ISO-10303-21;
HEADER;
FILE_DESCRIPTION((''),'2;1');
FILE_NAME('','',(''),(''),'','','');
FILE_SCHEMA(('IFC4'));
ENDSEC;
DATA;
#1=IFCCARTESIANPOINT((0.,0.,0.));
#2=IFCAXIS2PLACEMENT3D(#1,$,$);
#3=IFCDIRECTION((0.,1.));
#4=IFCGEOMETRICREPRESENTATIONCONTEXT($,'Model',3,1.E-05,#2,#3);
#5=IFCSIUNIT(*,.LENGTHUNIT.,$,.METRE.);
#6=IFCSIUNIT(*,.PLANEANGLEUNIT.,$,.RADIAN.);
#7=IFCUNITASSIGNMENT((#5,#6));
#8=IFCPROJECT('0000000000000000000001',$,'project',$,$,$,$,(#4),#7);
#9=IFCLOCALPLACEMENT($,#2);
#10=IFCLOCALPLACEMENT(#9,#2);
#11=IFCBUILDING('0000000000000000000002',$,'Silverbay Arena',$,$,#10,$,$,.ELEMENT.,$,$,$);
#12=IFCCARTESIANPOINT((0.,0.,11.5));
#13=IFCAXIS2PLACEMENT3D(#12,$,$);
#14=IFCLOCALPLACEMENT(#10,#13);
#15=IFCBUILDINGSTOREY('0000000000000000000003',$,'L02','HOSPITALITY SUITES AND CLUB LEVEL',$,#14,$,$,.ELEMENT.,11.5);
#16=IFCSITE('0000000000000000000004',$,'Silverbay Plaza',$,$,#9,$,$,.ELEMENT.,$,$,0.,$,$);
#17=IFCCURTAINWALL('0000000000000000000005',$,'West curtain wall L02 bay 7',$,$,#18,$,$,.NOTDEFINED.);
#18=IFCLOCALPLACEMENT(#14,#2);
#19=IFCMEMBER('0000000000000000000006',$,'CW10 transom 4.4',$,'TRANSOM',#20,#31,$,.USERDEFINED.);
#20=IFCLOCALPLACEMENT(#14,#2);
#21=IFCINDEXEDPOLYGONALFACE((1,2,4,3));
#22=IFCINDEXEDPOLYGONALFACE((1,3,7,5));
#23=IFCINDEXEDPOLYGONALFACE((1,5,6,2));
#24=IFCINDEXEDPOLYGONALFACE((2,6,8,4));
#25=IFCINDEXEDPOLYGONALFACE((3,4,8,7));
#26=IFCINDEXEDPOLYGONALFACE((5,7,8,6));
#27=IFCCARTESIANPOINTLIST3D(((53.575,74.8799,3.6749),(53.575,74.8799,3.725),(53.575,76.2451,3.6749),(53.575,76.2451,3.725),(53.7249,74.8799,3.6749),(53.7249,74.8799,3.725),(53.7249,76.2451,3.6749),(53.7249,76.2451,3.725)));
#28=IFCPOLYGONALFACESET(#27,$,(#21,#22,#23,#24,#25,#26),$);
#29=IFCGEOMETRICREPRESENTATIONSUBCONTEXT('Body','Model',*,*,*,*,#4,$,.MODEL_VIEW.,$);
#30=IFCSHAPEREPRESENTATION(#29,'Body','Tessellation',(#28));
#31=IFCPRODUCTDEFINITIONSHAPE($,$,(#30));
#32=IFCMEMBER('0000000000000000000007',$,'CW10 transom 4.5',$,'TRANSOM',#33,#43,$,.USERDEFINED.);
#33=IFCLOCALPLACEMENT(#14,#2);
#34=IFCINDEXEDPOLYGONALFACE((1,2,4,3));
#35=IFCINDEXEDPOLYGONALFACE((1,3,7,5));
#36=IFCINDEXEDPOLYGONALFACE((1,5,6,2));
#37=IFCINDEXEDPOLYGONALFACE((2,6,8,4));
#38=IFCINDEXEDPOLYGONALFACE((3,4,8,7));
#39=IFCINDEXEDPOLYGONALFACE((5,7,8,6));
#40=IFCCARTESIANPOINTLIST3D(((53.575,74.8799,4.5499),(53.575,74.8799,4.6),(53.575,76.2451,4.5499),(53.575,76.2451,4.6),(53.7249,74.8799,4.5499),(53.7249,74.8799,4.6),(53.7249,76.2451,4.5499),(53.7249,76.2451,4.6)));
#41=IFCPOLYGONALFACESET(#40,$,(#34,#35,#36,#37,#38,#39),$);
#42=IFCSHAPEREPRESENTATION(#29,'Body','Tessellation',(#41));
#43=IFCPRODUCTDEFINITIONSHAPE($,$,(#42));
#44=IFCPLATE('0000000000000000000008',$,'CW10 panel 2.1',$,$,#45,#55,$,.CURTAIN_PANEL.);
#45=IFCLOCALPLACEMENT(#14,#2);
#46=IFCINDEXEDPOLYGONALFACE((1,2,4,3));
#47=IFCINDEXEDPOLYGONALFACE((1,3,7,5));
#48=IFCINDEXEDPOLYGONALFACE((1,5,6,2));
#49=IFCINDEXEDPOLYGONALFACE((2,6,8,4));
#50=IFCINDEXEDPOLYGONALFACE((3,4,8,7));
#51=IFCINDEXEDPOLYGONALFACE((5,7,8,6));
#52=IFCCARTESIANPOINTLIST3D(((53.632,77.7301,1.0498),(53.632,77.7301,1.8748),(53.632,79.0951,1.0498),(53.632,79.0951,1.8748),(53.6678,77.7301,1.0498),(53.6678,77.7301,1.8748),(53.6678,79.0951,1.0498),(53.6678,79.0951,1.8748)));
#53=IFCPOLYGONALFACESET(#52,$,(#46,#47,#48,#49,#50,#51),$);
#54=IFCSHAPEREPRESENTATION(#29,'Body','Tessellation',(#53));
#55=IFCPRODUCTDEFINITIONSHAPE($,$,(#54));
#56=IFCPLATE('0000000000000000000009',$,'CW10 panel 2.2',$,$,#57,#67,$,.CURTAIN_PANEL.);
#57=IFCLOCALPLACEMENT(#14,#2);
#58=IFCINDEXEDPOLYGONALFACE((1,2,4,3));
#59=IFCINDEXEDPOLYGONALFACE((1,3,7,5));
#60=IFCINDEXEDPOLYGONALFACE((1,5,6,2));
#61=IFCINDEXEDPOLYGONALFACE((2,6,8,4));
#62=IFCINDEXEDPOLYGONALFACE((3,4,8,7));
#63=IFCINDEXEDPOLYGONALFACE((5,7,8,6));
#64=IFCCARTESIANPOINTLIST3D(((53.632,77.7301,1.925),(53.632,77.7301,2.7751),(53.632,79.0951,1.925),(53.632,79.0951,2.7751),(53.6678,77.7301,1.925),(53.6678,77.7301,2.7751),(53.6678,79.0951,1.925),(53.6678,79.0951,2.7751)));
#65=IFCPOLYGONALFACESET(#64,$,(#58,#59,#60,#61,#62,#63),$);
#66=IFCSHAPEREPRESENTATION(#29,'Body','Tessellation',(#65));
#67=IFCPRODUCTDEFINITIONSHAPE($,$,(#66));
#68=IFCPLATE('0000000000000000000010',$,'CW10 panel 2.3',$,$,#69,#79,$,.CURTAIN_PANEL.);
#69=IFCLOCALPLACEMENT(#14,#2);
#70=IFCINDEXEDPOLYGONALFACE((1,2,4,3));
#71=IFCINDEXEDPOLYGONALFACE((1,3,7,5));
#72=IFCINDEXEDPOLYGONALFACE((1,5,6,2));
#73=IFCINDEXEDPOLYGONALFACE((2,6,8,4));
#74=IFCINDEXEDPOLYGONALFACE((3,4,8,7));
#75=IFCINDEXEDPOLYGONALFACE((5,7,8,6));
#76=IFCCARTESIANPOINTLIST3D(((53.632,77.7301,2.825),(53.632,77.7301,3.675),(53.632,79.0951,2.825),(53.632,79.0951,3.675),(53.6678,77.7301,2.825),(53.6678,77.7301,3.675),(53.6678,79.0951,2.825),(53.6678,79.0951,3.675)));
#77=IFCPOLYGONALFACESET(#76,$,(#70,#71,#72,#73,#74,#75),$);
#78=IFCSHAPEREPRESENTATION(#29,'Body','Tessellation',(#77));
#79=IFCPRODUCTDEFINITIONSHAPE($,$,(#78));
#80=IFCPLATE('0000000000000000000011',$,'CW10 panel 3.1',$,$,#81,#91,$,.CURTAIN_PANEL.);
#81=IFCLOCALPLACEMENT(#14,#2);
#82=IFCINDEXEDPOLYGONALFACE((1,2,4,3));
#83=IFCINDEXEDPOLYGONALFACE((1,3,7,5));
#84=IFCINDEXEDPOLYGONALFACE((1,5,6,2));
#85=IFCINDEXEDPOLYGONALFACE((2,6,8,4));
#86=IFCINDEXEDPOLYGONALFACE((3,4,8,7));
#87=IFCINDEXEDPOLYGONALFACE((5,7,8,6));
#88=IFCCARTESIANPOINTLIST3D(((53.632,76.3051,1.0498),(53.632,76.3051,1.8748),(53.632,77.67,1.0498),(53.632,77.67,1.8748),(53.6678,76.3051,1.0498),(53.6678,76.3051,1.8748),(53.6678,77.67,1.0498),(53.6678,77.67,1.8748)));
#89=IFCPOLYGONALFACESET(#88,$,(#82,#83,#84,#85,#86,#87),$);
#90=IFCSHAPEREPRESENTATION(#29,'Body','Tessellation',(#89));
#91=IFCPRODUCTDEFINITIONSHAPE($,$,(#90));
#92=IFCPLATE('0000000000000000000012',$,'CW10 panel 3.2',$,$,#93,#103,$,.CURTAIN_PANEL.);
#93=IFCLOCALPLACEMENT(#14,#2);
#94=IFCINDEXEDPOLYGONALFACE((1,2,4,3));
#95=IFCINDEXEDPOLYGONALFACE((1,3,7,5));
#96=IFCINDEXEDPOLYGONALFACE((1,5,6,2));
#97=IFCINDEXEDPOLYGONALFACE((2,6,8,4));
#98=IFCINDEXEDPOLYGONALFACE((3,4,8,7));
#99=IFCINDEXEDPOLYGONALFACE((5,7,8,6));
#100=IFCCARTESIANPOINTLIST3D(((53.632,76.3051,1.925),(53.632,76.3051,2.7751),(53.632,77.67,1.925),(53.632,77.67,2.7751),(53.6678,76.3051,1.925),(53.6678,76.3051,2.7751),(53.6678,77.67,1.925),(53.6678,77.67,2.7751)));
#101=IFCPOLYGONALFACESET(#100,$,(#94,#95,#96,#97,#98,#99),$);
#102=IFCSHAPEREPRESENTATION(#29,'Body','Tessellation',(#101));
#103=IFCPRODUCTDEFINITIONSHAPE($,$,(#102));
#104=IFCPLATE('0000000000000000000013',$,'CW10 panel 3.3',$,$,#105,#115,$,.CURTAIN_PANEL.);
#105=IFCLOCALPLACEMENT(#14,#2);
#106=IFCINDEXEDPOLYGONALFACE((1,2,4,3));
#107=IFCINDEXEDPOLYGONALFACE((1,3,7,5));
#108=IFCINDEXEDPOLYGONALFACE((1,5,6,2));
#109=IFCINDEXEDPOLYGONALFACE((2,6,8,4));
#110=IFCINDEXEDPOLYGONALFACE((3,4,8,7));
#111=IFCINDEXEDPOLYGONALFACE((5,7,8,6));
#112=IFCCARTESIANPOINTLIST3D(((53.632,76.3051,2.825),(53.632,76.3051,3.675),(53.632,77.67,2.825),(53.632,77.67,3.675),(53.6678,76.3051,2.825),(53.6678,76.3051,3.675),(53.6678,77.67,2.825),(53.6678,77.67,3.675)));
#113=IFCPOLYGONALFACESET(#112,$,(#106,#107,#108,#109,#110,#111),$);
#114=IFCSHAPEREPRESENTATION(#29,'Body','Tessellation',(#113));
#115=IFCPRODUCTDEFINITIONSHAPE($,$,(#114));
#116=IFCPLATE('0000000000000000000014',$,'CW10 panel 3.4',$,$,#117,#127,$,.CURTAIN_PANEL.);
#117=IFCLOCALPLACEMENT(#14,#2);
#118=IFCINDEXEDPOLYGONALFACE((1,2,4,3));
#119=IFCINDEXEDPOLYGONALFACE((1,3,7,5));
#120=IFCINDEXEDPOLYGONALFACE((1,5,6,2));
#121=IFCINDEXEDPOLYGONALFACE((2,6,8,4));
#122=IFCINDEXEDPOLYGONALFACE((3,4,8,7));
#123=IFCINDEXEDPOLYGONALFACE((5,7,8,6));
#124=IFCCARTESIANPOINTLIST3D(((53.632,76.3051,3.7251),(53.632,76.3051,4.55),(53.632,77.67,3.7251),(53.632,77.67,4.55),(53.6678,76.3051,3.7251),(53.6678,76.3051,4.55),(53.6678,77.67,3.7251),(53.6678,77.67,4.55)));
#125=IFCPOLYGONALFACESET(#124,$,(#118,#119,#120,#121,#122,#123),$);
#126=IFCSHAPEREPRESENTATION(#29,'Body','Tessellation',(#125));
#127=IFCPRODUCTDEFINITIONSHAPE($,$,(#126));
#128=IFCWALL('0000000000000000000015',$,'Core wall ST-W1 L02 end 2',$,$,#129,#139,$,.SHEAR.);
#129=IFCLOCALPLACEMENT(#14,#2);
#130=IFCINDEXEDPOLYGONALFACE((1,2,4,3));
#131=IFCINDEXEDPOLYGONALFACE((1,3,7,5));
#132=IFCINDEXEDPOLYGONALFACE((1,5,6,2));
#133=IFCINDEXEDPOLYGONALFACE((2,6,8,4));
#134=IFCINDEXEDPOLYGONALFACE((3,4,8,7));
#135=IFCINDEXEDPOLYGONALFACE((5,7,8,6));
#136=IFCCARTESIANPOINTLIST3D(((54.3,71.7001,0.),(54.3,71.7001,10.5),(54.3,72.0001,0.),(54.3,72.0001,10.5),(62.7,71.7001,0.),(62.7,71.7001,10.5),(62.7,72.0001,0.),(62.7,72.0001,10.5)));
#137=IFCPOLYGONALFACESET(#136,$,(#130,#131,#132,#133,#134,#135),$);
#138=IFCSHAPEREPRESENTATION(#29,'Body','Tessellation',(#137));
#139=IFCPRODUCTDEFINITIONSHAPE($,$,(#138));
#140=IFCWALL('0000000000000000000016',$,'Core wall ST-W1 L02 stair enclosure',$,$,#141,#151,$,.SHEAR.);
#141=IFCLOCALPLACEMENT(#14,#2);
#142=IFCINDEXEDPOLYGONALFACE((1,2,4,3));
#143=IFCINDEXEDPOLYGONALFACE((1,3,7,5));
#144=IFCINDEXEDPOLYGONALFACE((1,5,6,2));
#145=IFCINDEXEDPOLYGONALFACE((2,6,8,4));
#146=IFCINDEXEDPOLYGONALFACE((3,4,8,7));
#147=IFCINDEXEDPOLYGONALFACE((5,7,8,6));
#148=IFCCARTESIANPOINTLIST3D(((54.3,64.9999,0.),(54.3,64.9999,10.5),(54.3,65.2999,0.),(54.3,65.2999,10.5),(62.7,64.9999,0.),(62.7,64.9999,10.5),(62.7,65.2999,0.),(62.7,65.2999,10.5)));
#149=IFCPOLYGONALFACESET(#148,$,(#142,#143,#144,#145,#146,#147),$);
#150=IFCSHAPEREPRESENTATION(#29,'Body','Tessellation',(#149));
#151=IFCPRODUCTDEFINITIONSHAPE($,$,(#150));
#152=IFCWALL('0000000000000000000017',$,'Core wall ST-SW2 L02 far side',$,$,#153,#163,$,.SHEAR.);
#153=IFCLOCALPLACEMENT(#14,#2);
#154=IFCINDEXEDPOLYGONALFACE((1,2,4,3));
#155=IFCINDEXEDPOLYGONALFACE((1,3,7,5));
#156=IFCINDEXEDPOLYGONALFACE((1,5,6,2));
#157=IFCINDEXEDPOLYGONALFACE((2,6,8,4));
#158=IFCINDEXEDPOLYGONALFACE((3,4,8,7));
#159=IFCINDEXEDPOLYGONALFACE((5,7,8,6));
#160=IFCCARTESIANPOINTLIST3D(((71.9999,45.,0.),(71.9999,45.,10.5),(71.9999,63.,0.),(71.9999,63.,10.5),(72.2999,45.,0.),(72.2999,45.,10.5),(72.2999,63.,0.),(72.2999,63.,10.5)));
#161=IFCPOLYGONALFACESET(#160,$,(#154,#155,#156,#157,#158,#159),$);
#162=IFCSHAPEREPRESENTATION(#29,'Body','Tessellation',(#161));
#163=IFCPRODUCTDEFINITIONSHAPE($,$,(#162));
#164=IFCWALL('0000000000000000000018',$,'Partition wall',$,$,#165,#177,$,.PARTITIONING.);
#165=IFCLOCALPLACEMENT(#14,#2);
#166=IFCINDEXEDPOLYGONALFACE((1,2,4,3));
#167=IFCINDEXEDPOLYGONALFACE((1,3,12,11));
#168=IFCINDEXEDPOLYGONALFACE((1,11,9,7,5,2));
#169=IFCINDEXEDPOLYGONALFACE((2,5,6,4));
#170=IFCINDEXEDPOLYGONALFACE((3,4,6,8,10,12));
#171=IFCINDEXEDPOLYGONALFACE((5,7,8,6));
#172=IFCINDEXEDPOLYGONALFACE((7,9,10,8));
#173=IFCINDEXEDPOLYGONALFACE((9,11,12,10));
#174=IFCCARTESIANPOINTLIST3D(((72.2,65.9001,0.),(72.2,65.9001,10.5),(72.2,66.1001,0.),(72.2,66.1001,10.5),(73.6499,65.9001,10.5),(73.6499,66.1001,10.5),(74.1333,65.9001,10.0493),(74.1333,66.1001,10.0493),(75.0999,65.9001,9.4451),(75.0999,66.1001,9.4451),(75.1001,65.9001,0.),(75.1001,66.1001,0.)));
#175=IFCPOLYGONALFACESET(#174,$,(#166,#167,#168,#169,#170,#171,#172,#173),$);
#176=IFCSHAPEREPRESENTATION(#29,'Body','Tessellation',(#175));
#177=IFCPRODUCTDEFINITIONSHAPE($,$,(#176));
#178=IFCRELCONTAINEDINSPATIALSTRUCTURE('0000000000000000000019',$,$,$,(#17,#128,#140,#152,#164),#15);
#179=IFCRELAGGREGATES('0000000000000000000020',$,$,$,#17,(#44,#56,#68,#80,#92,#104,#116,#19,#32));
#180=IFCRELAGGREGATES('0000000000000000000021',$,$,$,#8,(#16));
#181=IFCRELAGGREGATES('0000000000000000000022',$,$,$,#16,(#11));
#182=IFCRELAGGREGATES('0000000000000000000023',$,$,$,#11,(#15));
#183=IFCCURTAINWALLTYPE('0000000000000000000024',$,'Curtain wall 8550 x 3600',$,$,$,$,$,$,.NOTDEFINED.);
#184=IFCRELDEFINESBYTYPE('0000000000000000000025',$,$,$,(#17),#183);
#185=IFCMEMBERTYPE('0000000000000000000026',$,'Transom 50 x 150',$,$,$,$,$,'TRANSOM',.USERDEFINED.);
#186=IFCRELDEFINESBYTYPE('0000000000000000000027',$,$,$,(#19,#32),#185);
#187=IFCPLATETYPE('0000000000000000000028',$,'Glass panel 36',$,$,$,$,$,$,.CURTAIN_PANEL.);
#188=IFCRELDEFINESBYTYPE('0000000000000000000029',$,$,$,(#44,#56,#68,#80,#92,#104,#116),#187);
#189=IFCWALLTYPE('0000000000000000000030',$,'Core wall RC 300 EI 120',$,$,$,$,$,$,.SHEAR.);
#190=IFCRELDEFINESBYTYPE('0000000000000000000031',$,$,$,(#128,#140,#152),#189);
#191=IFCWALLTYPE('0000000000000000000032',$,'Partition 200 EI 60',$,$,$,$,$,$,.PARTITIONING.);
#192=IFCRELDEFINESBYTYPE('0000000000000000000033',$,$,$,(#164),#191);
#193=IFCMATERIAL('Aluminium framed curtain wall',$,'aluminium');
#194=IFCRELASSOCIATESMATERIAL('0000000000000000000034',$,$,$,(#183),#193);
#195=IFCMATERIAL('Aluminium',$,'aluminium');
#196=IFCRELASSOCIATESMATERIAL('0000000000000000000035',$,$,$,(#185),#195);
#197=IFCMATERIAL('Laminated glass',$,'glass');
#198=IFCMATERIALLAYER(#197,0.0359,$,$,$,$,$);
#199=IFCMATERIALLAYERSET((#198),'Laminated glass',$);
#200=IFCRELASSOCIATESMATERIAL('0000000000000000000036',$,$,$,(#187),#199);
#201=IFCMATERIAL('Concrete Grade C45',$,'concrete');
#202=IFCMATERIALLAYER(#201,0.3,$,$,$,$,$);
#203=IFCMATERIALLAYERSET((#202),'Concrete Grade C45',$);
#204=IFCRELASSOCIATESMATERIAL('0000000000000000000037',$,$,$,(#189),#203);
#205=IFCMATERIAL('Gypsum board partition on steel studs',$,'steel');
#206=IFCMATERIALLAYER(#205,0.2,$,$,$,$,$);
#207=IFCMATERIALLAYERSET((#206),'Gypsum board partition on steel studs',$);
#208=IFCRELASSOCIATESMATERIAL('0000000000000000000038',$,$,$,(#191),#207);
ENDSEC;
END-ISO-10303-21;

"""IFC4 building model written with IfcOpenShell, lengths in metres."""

from ifc_helpers import new_model, si_unit, direction, frame, frame_2d, origin, origin_2d, place, context, subcontext, project, spatial, polyline, rectangle, outline, extrude, material, layer, layer_set, material_profile, profile_set, type_object, element, aggregate, save


model = new_model("IFC4")

# Units and contexts
model_context = context("Model", 3, precision=1e-05, world=origin(), true_north=direction((0.0, 1.0)))
body_context = subcontext(model_context, "Body", "Model", "MODEL_VIEW")
ifc_project = project(units=[si_unit("LENGTHUNIT", "METRE"), si_unit("PLANEANGLEUNIT", "RADIAN")], contexts=[model_context])

# Site, building, storey
site_placement = place(None, origin())
site = spatial("IfcSite", under=ifc_project, at=site_placement, Name="Silverbay Plaza", CompositionType="ELEMENT", RefElevation=0.0)
building_placement = place(site_placement, origin())
building = spatial("IfcBuilding", under=site, at=building_placement, Name="Silverbay Arena", CompositionType="ELEMENT")
storey_placement = place(building_placement, frame((0.0, 0.0, 11.5)))
storey = spatial("IfcBuildingStorey", under=building, at=storey_placement, Name="L02", Description="HOSPITALITY SUITES AND CLUB LEVEL", CompositionType="ELEMENT", Elevation=11.5)

# Curtain wall
ifc_material_1 = material(Name="Aluminium framed curtain wall", Category="aluminium")
curtain_wall_type = type_object("IfcCurtainWallType", Name="Curtain wall 8550 x 3600", PredefinedType="NOTDEFINED", material=ifc_material_1)
curtain_wall_placement = place(storey_placement, origin())
curtain_wall = element("IfcCurtainWall", 1, at=curtain_wall_placement, inside=storey, type_object=curtain_wall_type, Name="West curtain wall L02 bay 7", PredefinedType="NOTDEFINED")

# Members
ifc_material_2 = material(Name="Aluminium", Category="aluminium")
ifc_material_profile_1 = material_profile(ifc_material_2, rectangle(XDim=0.1499, YDim=0.05, at=origin_2d()), Name="Transom 50 x 150")
ifc_profile_set_1 = profile_set([ifc_material_profile_1], Name="Aluminium")
member_type_1 = type_object("IfcMemberType", Name="Transom 50 x 150", ElementType="TRANSOM", PredefinedType="USERDEFINED", material=ifc_profile_set_1)
member_1_placement = place(storey_placement, frame((53.6499, 76.2451, 3.7), z_axis=(0.0, -1.0, 0.0), x_axis=(1.0, 0.0, 0.0)))
member_1 = element("IfcMember", 2, at=member_1_placement, type_object=member_type_1, Name="CW10 transom 4.4", ObjectType="TRANSOM", PredefinedType="USERDEFINED", context=body_context, shape_type="SweptSolid", body=[
    extrude(rectangle(XDim=0.1499, YDim=0.05, at=origin_2d()), origin(), (0.0, 0.0, 1.0), 1.3652),
])
member_2_placement = place(storey_placement, frame((53.6499, 76.2451, 4.575), z_axis=(0.0, -1.0, 0.0), x_axis=(1.0, 0.0, 0.0)))
member_2 = element("IfcMember", 3, at=member_2_placement, type_object=member_type_1, Name="CW10 transom 4.5", ObjectType="TRANSOM", PredefinedType="USERDEFINED", context=body_context, shape_type="SweptSolid", body=[
    extrude(rectangle(XDim=0.1499, YDim=0.05, at=origin_2d()), origin(), (0.0, 0.0, 1.0), 1.3652),
])

# Plates
ifc_material_3 = material(Name="Laminated glass", Category="glass")
ifc_layer_1 = layer(ifc_material_3, 0.0359)
ifc_layer_set_1 = layer_set([ifc_layer_1], Name="Laminated glass")
plate_type = type_object("IfcPlateType", Name="Glass panel 36", PredefinedType="CURTAIN_PANEL", material=ifc_layer_set_1)
plate_1_placement = place(storey_placement, frame((53.6499, 78.4126, 1.0498), z_axis=(0.0, 0.0, 1.0), x_axis=(0.0, -1.0, 0.0)))
plate_1 = element("IfcPlate", 4, at=plate_1_placement, type_object=plate_type, Name="CW10 panel 2.1", PredefinedType="CURTAIN_PANEL", context=body_context, shape_type="SweptSolid", body=[
    extrude(rectangle(XDim=1.365, YDim=0.0359, at=origin_2d()), origin(), (0.0, 0.0, 1.0), 0.825),
])
plate_2_placement = place(storey_placement, frame((53.6499, 78.4126, 1.925), z_axis=(0.0, 0.0, 1.0), x_axis=(0.0, -1.0, 0.0)))
plate_2 = element("IfcPlate", 5, at=plate_2_placement, type_object=plate_type, Name="CW10 panel 2.2", PredefinedType="CURTAIN_PANEL", context=body_context, shape_type="SweptSolid", body=[
    extrude(rectangle(XDim=1.365, YDim=0.0359, at=origin_2d()), origin(), (0.0, 0.0, 1.0), 0.8501),
])
plate_3_placement = place(storey_placement, frame((53.6499, 78.4126, 2.825), z_axis=(0.0, 0.0, 1.0), x_axis=(0.0, -1.0, 0.0)))
plate_3 = element("IfcPlate", 6, at=plate_3_placement, type_object=plate_type, Name="CW10 panel 2.3", PredefinedType="CURTAIN_PANEL", context=body_context, shape_type="SweptSolid", body=[
    extrude(rectangle(XDim=1.365, YDim=0.0359, at=origin_2d()), origin(), (0.0, 0.0, 1.0), 0.8501),
])
plate_4_placement = place(storey_placement, frame((53.6499, 76.9875, 1.0498), z_axis=(0.0, 0.0, 1.0), x_axis=(0.0, -1.0, 0.0)))
plate_4 = element("IfcPlate", 7, at=plate_4_placement, type_object=plate_type, Name="CW10 panel 3.1", PredefinedType="CURTAIN_PANEL", context=body_context, shape_type="SweptSolid", body=[
    extrude(rectangle(XDim=1.365, YDim=0.0359, at=origin_2d()), origin(), (0.0, 0.0, 1.0), 0.825),
])
plate_5_placement = place(storey_placement, frame((53.6499, 76.9875, 1.925), z_axis=(0.0, 0.0, 1.0), x_axis=(0.0, -1.0, 0.0)))
plate_5 = element("IfcPlate", 8, at=plate_5_placement, type_object=plate_type, Name="CW10 panel 3.2", PredefinedType="CURTAIN_PANEL", context=body_context, shape_type="SweptSolid", body=[
    extrude(rectangle(XDim=1.365, YDim=0.0359, at=origin_2d()), origin(), (0.0, 0.0, 1.0), 0.8501),
])
plate_6_placement = place(storey_placement, frame((53.6499, 76.9875, 2.825), z_axis=(0.0, 0.0, 1.0), x_axis=(0.0, -1.0, 0.0)))
plate_6 = element("IfcPlate", 9, at=plate_6_placement, type_object=plate_type, Name="CW10 panel 3.3", PredefinedType="CURTAIN_PANEL", context=body_context, shape_type="SweptSolid", body=[
    extrude(rectangle(XDim=1.365, YDim=0.0359, at=origin_2d()), origin(), (0.0, 0.0, 1.0), 0.8501),
])
plate_7_placement = place(storey_placement, frame((53.6499, 76.9875, 3.7251), z_axis=(0.0, 0.0, 1.0), x_axis=(0.0, -1.0, 0.0)))
plate_7 = element("IfcPlate", 10, at=plate_7_placement, type_object=plate_type, Name="CW10 panel 3.4", PredefinedType="CURTAIN_PANEL", context=body_context, shape_type="SweptSolid", body=[
    extrude(rectangle(XDim=1.365, YDim=0.0359, at=origin_2d()), origin(), (0.0, 0.0, 1.0), 0.825),
])
aggregate(curtain_wall, [plate_1, plate_2, plate_3, plate_4, plate_5, plate_6, plate_7, member_1, member_2])

# Walls
ifc_material_4 = material(Name="Concrete Grade C45", Category="concrete")
ifc_layer_2 = layer(ifc_material_4, 0.3)
ifc_layer_set_2 = layer_set([ifc_layer_2], Name="Concrete Grade C45")
wall_type_1 = type_object("IfcWallType", Name="Core wall RC 300 EI 120", PredefinedType="SHEAR", material=ifc_layer_set_2)
for number, where, z_axis, x_axis, name in (
    (11, (62.7, 71.8501, 0.0), (0.0, 0.0, 1.0), (-1.0, 0.0, 0.0), "Core wall ST-W1 L02 end 2"),
    (12, (62.7, 65.1499, 0.0), (0.0, 0.0, 1.0), (-1.0, 0.0, 0.0), "Core wall ST-W1 L02 stair enclosure"),
):
    element("IfcWall", number, at=place(storey_placement, frame(where, z_axis=z_axis, x_axis=x_axis)), inside=storey, type_object=wall_type_1, Name=name, PredefinedType="SHEAR", context=body_context, shape_type="SweptSolid", body=[
        extrude(rectangle(XDim=8.3999, YDim=0.3, at=frame_2d((4.2, 0.0))), origin(), (0.0, 0.0, 1.0), 10.5),
    ])
wall_1_placement = place(storey_placement, frame((72.1499, 63.0, 0.0), z_axis=(0.0, 0.0, 1.0), x_axis=(0.0, -1.0, 0.0)))
element("IfcWall", 13, at=wall_1_placement, inside=storey, type_object=wall_type_1, Name="Core wall ST-SW2 L02 far side", PredefinedType="SHEAR", context=body_context, shape_type="SweptSolid", body=[
    extrude(rectangle(XDim=18.0, YDim=0.3, at=frame_2d((9.0, 0.0))), origin(), (0.0, 0.0, 1.0), 10.5),
])
ifc_material_5 = material(Name="Gypsum board partition on steel studs", Category="steel")
ifc_layer_3 = layer(ifc_material_5, 0.2)
ifc_layer_set_3 = layer_set([ifc_layer_3], Name="Gypsum board partition on steel studs")
wall_type_2 = type_object("IfcWallType", Name="Partition 200 EI 60", PredefinedType="PARTITIONING", material=ifc_layer_set_3)
wall_2_placement = place(storey_placement, frame((72.2, 66.0, 0.0), z_axis=(0.0, 0.0, 1.0), x_axis=(1.0, 0.0, 0.0)))
element("IfcWall", 14, at=wall_2_placement, inside=storey, type_object=wall_type_2, Name="Partition wall", PredefinedType="PARTITIONING", context=body_context, shape_type="SweptSolid", body=[
    extrude(outline(polyline([(0.0, 0.0), (2.9001, 0.0), (2.8999, 9.4451), (1.9333, 10.0493), (1.45, 10.5), (0.0, 10.5), (0.0, 0.0)])), frame((0.0, 0.1001, 0.0), z_axis=(0.0, -1.0, 0.0), x_axis=(1.0, 0.0, 0.0)), (0.0, 0.0, 1.0), 0.2),
])

save(model, "model.ifc")
